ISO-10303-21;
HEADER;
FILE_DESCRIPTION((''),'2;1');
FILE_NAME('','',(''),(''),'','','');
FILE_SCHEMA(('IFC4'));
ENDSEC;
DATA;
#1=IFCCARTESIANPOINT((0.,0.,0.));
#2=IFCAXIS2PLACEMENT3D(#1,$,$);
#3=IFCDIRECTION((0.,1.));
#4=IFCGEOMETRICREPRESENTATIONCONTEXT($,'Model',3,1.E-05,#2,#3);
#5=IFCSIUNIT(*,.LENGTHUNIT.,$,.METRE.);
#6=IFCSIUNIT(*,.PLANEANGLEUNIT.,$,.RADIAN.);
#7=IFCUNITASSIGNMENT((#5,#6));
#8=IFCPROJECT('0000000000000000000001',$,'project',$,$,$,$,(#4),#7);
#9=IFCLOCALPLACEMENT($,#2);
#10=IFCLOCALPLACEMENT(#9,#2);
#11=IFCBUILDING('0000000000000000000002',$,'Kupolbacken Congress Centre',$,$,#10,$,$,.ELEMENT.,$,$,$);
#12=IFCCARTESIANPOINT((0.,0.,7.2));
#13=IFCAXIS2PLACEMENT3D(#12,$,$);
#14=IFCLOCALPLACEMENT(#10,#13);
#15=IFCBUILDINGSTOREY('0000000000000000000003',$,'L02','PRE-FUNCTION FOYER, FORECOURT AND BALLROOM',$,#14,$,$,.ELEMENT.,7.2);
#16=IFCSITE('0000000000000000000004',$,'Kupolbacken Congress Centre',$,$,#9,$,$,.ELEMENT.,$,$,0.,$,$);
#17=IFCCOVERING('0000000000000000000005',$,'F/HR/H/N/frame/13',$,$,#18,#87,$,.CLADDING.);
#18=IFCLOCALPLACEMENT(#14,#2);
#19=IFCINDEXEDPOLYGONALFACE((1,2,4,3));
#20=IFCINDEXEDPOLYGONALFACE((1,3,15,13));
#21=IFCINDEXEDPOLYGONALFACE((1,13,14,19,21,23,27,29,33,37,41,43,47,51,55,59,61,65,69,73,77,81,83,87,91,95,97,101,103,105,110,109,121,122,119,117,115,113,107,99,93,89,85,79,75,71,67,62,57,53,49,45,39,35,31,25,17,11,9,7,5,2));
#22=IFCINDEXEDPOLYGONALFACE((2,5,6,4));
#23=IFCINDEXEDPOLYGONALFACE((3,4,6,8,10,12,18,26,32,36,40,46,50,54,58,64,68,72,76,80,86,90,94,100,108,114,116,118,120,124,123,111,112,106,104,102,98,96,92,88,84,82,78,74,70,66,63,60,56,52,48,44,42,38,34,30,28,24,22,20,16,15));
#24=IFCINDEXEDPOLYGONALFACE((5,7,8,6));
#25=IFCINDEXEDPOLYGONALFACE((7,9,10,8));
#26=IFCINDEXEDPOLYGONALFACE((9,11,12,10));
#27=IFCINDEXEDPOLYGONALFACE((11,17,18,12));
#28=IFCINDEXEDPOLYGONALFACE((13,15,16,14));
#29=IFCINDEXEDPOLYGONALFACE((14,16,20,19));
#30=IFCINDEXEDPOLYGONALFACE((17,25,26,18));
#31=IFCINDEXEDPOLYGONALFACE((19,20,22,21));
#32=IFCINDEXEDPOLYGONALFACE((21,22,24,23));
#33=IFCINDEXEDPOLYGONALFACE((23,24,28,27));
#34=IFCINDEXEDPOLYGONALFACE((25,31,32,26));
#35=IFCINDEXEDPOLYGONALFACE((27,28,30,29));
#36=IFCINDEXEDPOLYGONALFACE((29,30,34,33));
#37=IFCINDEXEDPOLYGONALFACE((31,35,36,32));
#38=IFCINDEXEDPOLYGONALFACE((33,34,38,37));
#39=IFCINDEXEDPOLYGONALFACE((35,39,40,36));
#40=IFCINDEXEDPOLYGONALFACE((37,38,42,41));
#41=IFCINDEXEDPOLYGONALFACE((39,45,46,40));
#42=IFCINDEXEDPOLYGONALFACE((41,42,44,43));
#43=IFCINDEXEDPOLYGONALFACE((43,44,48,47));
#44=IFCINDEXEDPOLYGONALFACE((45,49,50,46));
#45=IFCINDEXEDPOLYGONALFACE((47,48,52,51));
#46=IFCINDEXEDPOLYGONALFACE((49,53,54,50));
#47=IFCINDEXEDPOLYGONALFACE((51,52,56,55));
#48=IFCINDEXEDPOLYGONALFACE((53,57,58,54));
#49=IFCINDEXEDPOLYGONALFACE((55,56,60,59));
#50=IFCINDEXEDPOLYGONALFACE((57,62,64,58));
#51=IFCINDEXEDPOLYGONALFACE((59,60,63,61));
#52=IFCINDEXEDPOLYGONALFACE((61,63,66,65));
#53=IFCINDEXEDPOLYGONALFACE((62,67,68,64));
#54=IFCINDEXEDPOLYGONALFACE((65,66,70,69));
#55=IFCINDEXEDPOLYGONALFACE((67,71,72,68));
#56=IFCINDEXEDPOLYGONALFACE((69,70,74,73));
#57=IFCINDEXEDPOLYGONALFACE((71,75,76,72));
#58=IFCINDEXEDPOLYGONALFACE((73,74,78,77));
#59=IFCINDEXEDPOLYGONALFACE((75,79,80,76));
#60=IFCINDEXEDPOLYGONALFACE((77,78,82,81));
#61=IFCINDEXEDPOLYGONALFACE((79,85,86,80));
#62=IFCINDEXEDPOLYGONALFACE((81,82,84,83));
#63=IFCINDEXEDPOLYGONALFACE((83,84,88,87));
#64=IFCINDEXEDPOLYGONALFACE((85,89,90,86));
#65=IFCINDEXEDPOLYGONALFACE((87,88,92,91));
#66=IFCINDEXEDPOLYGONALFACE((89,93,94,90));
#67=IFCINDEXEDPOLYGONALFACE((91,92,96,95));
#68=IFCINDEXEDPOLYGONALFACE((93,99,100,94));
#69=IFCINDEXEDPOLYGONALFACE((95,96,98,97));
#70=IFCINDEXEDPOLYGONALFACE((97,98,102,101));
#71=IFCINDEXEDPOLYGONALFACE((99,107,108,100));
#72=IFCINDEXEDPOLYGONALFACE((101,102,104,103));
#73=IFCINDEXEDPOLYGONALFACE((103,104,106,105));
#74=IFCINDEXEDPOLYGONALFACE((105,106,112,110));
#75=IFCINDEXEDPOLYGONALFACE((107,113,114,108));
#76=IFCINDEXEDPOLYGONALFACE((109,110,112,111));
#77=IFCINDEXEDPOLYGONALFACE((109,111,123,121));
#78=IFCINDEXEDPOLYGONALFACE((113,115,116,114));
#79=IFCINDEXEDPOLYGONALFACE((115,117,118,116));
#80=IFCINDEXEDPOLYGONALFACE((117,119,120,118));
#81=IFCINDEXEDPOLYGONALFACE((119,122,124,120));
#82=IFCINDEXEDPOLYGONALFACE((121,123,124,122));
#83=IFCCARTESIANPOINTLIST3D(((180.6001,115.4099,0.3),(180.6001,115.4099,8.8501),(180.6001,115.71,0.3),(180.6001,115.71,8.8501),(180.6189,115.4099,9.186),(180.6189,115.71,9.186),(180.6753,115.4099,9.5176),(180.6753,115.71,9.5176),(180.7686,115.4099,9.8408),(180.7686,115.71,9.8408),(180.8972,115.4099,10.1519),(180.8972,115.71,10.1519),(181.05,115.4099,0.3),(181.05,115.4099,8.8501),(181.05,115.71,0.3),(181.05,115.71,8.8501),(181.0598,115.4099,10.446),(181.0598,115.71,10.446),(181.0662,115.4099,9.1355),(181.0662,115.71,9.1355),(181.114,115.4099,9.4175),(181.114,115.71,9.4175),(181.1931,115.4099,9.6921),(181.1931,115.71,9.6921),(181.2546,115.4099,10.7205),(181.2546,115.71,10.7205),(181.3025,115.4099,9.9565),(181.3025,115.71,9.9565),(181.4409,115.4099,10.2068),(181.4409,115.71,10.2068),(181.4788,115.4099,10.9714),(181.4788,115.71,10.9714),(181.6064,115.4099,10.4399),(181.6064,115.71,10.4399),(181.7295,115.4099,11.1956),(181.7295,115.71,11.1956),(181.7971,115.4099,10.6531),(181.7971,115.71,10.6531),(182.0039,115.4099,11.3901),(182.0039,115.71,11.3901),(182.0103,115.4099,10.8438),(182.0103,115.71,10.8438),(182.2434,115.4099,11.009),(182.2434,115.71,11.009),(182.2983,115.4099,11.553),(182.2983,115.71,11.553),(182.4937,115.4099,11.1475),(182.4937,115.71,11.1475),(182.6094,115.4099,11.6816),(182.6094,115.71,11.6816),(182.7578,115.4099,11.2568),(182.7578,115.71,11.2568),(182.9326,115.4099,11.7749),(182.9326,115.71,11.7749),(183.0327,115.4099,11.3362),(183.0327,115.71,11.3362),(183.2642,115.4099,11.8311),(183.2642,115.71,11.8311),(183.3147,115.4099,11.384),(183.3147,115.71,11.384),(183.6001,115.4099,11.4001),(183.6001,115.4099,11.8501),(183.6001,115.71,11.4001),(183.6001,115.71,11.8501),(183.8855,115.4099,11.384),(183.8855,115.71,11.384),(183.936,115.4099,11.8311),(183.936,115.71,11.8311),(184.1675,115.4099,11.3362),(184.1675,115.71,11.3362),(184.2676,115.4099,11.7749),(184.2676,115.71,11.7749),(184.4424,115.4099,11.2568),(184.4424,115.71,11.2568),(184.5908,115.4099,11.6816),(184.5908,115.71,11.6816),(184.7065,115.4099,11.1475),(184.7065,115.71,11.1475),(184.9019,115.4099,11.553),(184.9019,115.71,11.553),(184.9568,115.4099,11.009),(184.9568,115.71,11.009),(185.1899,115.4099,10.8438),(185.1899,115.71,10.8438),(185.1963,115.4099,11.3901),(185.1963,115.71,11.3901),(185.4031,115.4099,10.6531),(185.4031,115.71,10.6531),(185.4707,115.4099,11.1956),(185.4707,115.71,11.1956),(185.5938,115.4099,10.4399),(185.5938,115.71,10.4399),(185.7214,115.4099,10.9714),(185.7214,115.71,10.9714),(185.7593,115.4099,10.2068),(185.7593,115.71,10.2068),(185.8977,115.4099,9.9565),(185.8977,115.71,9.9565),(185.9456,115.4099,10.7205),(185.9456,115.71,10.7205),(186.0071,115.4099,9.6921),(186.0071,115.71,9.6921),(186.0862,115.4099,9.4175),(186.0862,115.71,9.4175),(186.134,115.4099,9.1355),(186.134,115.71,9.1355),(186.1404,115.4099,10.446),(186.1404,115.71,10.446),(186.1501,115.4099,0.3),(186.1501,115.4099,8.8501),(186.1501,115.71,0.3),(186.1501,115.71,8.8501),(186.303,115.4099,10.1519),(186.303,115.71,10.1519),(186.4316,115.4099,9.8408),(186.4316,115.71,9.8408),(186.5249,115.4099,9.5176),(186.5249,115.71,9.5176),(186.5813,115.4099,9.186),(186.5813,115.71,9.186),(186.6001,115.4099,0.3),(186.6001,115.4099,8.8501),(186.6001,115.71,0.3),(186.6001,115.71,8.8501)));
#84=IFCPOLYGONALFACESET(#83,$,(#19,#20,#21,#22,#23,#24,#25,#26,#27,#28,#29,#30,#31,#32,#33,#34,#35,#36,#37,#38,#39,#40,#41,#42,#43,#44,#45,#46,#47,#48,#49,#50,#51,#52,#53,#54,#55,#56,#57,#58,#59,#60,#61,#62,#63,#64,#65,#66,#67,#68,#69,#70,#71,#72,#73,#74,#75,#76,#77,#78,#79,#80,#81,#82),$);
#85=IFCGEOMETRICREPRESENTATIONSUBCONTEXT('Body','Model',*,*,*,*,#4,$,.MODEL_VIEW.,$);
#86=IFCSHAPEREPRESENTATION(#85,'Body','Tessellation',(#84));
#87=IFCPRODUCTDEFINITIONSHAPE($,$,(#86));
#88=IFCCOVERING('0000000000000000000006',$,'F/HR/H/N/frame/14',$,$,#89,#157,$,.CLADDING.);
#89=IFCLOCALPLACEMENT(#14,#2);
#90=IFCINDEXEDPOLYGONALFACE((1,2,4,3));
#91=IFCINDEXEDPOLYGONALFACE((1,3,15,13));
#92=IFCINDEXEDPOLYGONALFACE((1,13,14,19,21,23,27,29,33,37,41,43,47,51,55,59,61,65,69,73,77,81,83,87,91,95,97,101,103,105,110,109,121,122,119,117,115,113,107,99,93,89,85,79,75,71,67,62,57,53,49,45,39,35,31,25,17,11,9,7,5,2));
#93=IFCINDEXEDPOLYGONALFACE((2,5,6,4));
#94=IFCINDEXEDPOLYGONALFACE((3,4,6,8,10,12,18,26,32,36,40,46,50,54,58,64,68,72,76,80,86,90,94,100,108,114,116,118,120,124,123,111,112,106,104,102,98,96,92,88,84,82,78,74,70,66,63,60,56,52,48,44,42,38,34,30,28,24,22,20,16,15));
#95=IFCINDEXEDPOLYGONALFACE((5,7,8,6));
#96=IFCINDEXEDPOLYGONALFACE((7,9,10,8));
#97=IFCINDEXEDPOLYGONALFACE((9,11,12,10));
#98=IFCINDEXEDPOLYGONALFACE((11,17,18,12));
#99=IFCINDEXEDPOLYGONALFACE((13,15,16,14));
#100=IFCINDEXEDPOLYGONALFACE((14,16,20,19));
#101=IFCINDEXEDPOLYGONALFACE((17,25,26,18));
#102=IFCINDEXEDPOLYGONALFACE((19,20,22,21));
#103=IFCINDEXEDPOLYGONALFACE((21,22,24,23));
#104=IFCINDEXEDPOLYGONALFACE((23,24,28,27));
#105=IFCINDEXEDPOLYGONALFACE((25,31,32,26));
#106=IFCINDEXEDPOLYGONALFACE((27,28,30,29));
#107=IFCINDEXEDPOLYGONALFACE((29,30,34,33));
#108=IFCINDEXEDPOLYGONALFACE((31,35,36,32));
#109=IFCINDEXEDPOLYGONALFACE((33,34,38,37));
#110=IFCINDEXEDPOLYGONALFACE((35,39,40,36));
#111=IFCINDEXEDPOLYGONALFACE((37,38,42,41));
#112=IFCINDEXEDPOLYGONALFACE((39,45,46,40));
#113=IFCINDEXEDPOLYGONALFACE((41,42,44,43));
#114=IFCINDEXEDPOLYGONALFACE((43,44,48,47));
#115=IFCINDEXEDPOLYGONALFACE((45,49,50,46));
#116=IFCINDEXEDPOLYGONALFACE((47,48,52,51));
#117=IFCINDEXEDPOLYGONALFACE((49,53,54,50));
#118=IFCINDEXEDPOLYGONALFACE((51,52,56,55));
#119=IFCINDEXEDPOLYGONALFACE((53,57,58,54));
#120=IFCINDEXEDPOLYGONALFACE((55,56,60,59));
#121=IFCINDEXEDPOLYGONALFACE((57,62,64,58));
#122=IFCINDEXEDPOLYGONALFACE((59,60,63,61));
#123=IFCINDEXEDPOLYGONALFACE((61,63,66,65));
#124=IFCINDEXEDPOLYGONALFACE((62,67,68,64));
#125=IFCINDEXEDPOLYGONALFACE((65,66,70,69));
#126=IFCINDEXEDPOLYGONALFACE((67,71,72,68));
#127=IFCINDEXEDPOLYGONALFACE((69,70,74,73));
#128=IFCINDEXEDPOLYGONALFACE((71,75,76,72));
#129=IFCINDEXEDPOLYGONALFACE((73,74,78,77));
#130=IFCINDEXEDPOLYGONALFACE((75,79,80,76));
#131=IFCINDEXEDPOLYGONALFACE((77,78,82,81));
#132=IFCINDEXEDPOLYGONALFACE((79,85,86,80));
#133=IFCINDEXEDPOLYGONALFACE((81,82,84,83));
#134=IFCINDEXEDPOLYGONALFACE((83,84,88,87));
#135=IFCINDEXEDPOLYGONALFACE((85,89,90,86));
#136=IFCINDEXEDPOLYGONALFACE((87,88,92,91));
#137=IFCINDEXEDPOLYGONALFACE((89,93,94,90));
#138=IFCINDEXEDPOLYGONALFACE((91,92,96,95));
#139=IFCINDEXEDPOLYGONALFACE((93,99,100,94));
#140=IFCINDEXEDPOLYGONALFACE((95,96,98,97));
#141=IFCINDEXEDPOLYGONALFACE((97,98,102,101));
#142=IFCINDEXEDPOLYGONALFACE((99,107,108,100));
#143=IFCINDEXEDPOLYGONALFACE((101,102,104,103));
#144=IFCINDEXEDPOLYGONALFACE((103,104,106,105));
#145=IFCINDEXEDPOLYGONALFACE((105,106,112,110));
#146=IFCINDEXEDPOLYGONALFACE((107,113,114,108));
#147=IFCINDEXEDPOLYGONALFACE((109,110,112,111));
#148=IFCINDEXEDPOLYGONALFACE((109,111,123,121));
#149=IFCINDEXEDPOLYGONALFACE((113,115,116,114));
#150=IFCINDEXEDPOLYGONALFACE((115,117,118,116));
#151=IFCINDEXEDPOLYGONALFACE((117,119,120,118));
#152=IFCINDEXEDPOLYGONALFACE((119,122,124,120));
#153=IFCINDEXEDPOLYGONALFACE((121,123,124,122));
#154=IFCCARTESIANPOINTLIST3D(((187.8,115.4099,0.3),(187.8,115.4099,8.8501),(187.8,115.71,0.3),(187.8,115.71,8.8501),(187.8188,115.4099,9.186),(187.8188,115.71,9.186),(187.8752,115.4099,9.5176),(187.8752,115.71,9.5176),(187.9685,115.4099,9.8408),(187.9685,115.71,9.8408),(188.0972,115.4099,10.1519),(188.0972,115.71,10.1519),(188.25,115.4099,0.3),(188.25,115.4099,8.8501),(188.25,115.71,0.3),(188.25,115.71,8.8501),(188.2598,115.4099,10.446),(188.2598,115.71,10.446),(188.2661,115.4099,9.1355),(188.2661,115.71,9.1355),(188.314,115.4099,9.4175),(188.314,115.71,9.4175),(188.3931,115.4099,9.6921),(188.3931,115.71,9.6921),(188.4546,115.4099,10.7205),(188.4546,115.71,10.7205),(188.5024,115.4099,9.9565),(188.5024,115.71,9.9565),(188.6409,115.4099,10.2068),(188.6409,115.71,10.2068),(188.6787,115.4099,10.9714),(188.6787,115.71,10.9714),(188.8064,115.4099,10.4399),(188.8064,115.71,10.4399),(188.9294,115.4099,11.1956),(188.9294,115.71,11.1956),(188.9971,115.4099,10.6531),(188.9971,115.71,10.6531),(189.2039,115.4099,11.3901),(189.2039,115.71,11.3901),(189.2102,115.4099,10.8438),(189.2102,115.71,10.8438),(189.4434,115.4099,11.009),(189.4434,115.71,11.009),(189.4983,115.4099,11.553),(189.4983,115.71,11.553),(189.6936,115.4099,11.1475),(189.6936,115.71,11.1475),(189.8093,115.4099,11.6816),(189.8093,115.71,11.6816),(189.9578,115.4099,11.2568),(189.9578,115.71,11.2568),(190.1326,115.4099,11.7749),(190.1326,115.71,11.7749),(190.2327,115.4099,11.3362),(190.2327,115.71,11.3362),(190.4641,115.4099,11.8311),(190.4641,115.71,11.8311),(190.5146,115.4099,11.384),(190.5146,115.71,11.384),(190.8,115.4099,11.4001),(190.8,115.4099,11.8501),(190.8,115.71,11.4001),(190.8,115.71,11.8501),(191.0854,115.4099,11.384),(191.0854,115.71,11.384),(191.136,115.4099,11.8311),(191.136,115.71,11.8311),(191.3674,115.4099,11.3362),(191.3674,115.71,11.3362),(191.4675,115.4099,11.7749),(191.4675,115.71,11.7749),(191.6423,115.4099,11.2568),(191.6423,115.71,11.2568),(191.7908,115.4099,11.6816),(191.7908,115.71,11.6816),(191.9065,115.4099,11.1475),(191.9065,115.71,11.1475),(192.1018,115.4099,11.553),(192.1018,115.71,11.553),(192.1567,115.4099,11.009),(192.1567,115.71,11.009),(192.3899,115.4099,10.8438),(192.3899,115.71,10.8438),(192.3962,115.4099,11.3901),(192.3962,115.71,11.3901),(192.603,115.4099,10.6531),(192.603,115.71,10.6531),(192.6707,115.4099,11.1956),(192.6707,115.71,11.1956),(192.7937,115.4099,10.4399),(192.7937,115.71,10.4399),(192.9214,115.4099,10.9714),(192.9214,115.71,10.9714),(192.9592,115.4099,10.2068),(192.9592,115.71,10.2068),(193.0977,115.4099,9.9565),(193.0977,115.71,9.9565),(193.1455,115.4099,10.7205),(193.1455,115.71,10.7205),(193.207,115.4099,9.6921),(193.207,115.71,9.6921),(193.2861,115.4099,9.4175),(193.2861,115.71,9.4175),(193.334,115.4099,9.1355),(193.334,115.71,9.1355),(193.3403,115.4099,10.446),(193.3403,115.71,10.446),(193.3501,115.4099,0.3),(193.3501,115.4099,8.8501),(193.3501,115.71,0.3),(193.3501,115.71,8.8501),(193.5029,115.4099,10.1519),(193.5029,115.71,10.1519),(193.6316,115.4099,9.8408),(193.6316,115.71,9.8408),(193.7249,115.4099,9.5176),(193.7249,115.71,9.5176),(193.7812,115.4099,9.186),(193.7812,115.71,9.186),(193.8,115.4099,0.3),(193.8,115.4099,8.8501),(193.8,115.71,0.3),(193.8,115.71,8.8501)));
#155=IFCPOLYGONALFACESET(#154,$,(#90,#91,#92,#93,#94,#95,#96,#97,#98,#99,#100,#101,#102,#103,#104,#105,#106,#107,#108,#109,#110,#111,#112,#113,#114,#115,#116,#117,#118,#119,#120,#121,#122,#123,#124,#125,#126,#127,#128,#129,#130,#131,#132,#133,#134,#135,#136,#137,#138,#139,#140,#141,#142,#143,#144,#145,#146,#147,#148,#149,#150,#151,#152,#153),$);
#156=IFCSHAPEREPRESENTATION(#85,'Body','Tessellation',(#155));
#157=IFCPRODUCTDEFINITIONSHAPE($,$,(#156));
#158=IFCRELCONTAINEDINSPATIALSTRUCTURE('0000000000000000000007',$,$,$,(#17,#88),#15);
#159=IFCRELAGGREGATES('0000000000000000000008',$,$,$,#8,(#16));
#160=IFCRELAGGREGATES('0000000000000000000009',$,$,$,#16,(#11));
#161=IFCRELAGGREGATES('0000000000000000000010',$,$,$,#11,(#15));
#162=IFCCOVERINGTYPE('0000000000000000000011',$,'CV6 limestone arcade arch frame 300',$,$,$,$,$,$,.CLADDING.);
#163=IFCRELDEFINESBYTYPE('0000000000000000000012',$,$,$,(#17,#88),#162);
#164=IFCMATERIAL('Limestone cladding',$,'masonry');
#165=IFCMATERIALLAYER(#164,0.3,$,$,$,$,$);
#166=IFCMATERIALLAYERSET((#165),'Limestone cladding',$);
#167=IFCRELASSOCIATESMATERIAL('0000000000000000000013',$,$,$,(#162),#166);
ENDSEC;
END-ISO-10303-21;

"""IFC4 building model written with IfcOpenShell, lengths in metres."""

from ifc_helpers import new_model, si_unit, direction, frame, origin, place, context, subcontext, project, spatial, polyline, outline, extrude, material, layer, layer_set, type_object, element, save


model = new_model("IFC4")

# Units and contexts
model_context = context("Model", 3, precision=1e-05, world=origin(), true_north=direction((0.0, 1.0)))
body_context = subcontext(model_context, "Body", "Model", "MODEL_VIEW")
ifc_project = project(units=[si_unit("LENGTHUNIT", "METRE"), si_unit("PLANEANGLEUNIT", "RADIAN")], contexts=[model_context])

# Site, building, storey
site_placement = place(None, origin())
site = spatial("IfcSite", under=ifc_project, at=site_placement, Name="Kupolbacken Congress Centre", CompositionType="ELEMENT", RefElevation=0.0)
building_placement = place(site_placement, origin())
building = spatial("IfcBuilding", under=site, at=building_placement, Name="Kupolbacken Congress Centre", CompositionType="ELEMENT")
storey_placement = place(building_placement, frame((0.0, 0.0, 7.2)))
storey = spatial("IfcBuildingStorey", under=building, at=storey_placement, Name="L02", Description="PRE-FUNCTION FOYER, FORECOURT AND BALLROOM", CompositionType="ELEMENT", Elevation=7.2)

# Coverings
ifc_material_1 = material(Name="Limestone cladding", Category="masonry")
ifc_layer_1 = layer(ifc_material_1, 0.3)
ifc_layer_set_1 = layer_set([ifc_layer_1], Name="Limestone cladding")
covering_type_1 = type_object("IfcCoveringType", Name="CV6 limestone arcade arch frame 300", PredefinedType="CLADDING", material=ifc_layer_set_1)
covering_1_placement = place(storey_placement, frame((180.6001, 115.4099, 0.3), z_axis=(0.0, 1.0, 0.0), x_axis=(-1.0, 0.0, 0.0)))
element("IfcCovering", 1, at=covering_1_placement, inside=storey, type_object=covering_type_1, Name="F/HR/H/N/frame/13", PredefinedType="CLADDING", context=body_context, shape_type="SweptSolid", body=[
    extrude(outline(polyline([(0.0, 0.0), (0.0, 8.55), (-0.0188, 8.886), (-0.0752, 9.2175), (-0.1685, 9.5408), (-0.2971, 9.8518), (-0.4597, 10.146), (-0.6545, 10.4204), (-0.8787, 10.6714), (-1.1294, 10.8955), (-1.4038, 11.0901), (-1.6982, 11.2529), (-2.0093, 11.3816), (-2.3325, 11.4749), (-2.6641, 11.531), (-3.0, 11.55), (-3.3359, 11.531), (-3.6675, 11.4749), (-3.9907, 11.3816), (-4.3018, 11.2529), (-4.5962, 11.0901), (-4.8706, 10.8955), (-5.1213, 10.6714), (-5.3455, 10.4204), (-5.5403, 10.146), (-5.7029, 9.8518), (-5.8315, 9.5408), (-5.9248, 9.2175), (-5.9812, 8.886), (-6.0, 8.55), (-6.0, 0.0), (-5.55, 0.0), (-5.55, 8.55), (-5.5339, 8.8354), (-5.4861, 9.1174), (-5.407, 9.3921), (-5.2976, 9.6565), (-5.1592, 9.9067), (-4.9937, 10.1399), (-4.803, 10.353), (-4.5898, 10.5437), (-4.3567, 10.709), (-4.1064, 10.8474), (-3.8423, 10.9568), (-3.5674, 11.0361), (-3.2854, 11.084), (-3.0, 11.1001), (-2.7146, 11.084), (-2.4326, 11.0361), (-2.1577, 10.9568), (-1.8936, 10.8474), (-1.6433, 10.709), (-1.4102, 10.5437), (-1.197, 10.353), (-1.0063, 10.1399), (-0.8408, 9.9067), (-0.7024, 9.6565), (-0.593, 9.3921), (-0.5139, 9.1174), (-0.4661, 8.8354), (-0.45, 8.55), (-0.45, 0.0), (0.0, 0.0)])), origin(), (0.0, 0.0, 1.0), 0.3),
])
covering_2_placement = place(storey_placement, frame((187.8, 115.4099, 0.3), z_axis=(0.0, 1.0, 0.0), x_axis=(-1.0, 0.0, 0.0)))
element("IfcCovering", 2, at=covering_2_placement, inside=storey, type_object=covering_type_1, Name="F/HR/H/N/frame/14", PredefinedType="CLADDING", context=body_context, shape_type="SweptSolid", body=[
    extrude(outline(polyline([(0.0, 0.0), (0.0, 8.55), (-0.0188, 8.886), (-0.0752, 9.2175), (-0.1685, 9.5408), (-0.2971, 9.8518), (-0.4597, 10.146), (-0.6545, 10.4204), (-0.8787, 10.6714), (-1.1294, 10.8955), (-1.4038, 11.0901), (-1.6982, 11.2529), (-2.0093, 11.3816), (-2.3325, 11.4749), (-2.6641, 11.531), (-3.0, 11.55), (-3.3359, 11.531), (-3.6675, 11.4749), (-3.9907, 11.3816), (-4.3018, 11.2529), (-4.5962, 11.0901), (-4.8706, 10.8955), (-5.1213, 10.6714), (-5.3455, 10.4204), (-5.5403, 10.146), (-5.7029, 9.8518), (-5.8315, 9.5408), (-5.9248, 9.2175), (-5.9812, 8.886), (-6.0, 8.55), (-6.0, 0.0), (-5.55, 0.0), (-5.55, 8.55), (-5.5339, 8.8354), (-5.4861, 9.1174), (-5.407, 9.3921), (-5.2976, 9.6565), (-5.1592, 9.9067), (-4.9937, 10.1399), (-4.803, 10.353), (-4.5898, 10.5437), (-4.3567, 10.709), (-4.1064, 10.8474), (-3.8423, 10.9568), (-3.5674, 11.0361), (-3.2854, 11.084), (-3.0, 11.1001), (-2.7146, 11.084), (-2.4326, 11.0361), (-2.1577, 10.9568), (-1.8936, 10.8474), (-1.6433, 10.709), (-1.4102, 10.5437), (-1.197, 10.353), (-1.0063, 10.1399), (-0.8408, 9.9067), (-0.7024, 9.6565), (-0.593, 9.3921), (-0.5139, 9.1174), (-0.4661, 8.8354), (-0.45, 8.55), (-0.45, 0.0), (0.0, 0.0)])), origin(), (0.0, 0.0, 1.0), 0.3),
])

save(model, "model.ifc")
